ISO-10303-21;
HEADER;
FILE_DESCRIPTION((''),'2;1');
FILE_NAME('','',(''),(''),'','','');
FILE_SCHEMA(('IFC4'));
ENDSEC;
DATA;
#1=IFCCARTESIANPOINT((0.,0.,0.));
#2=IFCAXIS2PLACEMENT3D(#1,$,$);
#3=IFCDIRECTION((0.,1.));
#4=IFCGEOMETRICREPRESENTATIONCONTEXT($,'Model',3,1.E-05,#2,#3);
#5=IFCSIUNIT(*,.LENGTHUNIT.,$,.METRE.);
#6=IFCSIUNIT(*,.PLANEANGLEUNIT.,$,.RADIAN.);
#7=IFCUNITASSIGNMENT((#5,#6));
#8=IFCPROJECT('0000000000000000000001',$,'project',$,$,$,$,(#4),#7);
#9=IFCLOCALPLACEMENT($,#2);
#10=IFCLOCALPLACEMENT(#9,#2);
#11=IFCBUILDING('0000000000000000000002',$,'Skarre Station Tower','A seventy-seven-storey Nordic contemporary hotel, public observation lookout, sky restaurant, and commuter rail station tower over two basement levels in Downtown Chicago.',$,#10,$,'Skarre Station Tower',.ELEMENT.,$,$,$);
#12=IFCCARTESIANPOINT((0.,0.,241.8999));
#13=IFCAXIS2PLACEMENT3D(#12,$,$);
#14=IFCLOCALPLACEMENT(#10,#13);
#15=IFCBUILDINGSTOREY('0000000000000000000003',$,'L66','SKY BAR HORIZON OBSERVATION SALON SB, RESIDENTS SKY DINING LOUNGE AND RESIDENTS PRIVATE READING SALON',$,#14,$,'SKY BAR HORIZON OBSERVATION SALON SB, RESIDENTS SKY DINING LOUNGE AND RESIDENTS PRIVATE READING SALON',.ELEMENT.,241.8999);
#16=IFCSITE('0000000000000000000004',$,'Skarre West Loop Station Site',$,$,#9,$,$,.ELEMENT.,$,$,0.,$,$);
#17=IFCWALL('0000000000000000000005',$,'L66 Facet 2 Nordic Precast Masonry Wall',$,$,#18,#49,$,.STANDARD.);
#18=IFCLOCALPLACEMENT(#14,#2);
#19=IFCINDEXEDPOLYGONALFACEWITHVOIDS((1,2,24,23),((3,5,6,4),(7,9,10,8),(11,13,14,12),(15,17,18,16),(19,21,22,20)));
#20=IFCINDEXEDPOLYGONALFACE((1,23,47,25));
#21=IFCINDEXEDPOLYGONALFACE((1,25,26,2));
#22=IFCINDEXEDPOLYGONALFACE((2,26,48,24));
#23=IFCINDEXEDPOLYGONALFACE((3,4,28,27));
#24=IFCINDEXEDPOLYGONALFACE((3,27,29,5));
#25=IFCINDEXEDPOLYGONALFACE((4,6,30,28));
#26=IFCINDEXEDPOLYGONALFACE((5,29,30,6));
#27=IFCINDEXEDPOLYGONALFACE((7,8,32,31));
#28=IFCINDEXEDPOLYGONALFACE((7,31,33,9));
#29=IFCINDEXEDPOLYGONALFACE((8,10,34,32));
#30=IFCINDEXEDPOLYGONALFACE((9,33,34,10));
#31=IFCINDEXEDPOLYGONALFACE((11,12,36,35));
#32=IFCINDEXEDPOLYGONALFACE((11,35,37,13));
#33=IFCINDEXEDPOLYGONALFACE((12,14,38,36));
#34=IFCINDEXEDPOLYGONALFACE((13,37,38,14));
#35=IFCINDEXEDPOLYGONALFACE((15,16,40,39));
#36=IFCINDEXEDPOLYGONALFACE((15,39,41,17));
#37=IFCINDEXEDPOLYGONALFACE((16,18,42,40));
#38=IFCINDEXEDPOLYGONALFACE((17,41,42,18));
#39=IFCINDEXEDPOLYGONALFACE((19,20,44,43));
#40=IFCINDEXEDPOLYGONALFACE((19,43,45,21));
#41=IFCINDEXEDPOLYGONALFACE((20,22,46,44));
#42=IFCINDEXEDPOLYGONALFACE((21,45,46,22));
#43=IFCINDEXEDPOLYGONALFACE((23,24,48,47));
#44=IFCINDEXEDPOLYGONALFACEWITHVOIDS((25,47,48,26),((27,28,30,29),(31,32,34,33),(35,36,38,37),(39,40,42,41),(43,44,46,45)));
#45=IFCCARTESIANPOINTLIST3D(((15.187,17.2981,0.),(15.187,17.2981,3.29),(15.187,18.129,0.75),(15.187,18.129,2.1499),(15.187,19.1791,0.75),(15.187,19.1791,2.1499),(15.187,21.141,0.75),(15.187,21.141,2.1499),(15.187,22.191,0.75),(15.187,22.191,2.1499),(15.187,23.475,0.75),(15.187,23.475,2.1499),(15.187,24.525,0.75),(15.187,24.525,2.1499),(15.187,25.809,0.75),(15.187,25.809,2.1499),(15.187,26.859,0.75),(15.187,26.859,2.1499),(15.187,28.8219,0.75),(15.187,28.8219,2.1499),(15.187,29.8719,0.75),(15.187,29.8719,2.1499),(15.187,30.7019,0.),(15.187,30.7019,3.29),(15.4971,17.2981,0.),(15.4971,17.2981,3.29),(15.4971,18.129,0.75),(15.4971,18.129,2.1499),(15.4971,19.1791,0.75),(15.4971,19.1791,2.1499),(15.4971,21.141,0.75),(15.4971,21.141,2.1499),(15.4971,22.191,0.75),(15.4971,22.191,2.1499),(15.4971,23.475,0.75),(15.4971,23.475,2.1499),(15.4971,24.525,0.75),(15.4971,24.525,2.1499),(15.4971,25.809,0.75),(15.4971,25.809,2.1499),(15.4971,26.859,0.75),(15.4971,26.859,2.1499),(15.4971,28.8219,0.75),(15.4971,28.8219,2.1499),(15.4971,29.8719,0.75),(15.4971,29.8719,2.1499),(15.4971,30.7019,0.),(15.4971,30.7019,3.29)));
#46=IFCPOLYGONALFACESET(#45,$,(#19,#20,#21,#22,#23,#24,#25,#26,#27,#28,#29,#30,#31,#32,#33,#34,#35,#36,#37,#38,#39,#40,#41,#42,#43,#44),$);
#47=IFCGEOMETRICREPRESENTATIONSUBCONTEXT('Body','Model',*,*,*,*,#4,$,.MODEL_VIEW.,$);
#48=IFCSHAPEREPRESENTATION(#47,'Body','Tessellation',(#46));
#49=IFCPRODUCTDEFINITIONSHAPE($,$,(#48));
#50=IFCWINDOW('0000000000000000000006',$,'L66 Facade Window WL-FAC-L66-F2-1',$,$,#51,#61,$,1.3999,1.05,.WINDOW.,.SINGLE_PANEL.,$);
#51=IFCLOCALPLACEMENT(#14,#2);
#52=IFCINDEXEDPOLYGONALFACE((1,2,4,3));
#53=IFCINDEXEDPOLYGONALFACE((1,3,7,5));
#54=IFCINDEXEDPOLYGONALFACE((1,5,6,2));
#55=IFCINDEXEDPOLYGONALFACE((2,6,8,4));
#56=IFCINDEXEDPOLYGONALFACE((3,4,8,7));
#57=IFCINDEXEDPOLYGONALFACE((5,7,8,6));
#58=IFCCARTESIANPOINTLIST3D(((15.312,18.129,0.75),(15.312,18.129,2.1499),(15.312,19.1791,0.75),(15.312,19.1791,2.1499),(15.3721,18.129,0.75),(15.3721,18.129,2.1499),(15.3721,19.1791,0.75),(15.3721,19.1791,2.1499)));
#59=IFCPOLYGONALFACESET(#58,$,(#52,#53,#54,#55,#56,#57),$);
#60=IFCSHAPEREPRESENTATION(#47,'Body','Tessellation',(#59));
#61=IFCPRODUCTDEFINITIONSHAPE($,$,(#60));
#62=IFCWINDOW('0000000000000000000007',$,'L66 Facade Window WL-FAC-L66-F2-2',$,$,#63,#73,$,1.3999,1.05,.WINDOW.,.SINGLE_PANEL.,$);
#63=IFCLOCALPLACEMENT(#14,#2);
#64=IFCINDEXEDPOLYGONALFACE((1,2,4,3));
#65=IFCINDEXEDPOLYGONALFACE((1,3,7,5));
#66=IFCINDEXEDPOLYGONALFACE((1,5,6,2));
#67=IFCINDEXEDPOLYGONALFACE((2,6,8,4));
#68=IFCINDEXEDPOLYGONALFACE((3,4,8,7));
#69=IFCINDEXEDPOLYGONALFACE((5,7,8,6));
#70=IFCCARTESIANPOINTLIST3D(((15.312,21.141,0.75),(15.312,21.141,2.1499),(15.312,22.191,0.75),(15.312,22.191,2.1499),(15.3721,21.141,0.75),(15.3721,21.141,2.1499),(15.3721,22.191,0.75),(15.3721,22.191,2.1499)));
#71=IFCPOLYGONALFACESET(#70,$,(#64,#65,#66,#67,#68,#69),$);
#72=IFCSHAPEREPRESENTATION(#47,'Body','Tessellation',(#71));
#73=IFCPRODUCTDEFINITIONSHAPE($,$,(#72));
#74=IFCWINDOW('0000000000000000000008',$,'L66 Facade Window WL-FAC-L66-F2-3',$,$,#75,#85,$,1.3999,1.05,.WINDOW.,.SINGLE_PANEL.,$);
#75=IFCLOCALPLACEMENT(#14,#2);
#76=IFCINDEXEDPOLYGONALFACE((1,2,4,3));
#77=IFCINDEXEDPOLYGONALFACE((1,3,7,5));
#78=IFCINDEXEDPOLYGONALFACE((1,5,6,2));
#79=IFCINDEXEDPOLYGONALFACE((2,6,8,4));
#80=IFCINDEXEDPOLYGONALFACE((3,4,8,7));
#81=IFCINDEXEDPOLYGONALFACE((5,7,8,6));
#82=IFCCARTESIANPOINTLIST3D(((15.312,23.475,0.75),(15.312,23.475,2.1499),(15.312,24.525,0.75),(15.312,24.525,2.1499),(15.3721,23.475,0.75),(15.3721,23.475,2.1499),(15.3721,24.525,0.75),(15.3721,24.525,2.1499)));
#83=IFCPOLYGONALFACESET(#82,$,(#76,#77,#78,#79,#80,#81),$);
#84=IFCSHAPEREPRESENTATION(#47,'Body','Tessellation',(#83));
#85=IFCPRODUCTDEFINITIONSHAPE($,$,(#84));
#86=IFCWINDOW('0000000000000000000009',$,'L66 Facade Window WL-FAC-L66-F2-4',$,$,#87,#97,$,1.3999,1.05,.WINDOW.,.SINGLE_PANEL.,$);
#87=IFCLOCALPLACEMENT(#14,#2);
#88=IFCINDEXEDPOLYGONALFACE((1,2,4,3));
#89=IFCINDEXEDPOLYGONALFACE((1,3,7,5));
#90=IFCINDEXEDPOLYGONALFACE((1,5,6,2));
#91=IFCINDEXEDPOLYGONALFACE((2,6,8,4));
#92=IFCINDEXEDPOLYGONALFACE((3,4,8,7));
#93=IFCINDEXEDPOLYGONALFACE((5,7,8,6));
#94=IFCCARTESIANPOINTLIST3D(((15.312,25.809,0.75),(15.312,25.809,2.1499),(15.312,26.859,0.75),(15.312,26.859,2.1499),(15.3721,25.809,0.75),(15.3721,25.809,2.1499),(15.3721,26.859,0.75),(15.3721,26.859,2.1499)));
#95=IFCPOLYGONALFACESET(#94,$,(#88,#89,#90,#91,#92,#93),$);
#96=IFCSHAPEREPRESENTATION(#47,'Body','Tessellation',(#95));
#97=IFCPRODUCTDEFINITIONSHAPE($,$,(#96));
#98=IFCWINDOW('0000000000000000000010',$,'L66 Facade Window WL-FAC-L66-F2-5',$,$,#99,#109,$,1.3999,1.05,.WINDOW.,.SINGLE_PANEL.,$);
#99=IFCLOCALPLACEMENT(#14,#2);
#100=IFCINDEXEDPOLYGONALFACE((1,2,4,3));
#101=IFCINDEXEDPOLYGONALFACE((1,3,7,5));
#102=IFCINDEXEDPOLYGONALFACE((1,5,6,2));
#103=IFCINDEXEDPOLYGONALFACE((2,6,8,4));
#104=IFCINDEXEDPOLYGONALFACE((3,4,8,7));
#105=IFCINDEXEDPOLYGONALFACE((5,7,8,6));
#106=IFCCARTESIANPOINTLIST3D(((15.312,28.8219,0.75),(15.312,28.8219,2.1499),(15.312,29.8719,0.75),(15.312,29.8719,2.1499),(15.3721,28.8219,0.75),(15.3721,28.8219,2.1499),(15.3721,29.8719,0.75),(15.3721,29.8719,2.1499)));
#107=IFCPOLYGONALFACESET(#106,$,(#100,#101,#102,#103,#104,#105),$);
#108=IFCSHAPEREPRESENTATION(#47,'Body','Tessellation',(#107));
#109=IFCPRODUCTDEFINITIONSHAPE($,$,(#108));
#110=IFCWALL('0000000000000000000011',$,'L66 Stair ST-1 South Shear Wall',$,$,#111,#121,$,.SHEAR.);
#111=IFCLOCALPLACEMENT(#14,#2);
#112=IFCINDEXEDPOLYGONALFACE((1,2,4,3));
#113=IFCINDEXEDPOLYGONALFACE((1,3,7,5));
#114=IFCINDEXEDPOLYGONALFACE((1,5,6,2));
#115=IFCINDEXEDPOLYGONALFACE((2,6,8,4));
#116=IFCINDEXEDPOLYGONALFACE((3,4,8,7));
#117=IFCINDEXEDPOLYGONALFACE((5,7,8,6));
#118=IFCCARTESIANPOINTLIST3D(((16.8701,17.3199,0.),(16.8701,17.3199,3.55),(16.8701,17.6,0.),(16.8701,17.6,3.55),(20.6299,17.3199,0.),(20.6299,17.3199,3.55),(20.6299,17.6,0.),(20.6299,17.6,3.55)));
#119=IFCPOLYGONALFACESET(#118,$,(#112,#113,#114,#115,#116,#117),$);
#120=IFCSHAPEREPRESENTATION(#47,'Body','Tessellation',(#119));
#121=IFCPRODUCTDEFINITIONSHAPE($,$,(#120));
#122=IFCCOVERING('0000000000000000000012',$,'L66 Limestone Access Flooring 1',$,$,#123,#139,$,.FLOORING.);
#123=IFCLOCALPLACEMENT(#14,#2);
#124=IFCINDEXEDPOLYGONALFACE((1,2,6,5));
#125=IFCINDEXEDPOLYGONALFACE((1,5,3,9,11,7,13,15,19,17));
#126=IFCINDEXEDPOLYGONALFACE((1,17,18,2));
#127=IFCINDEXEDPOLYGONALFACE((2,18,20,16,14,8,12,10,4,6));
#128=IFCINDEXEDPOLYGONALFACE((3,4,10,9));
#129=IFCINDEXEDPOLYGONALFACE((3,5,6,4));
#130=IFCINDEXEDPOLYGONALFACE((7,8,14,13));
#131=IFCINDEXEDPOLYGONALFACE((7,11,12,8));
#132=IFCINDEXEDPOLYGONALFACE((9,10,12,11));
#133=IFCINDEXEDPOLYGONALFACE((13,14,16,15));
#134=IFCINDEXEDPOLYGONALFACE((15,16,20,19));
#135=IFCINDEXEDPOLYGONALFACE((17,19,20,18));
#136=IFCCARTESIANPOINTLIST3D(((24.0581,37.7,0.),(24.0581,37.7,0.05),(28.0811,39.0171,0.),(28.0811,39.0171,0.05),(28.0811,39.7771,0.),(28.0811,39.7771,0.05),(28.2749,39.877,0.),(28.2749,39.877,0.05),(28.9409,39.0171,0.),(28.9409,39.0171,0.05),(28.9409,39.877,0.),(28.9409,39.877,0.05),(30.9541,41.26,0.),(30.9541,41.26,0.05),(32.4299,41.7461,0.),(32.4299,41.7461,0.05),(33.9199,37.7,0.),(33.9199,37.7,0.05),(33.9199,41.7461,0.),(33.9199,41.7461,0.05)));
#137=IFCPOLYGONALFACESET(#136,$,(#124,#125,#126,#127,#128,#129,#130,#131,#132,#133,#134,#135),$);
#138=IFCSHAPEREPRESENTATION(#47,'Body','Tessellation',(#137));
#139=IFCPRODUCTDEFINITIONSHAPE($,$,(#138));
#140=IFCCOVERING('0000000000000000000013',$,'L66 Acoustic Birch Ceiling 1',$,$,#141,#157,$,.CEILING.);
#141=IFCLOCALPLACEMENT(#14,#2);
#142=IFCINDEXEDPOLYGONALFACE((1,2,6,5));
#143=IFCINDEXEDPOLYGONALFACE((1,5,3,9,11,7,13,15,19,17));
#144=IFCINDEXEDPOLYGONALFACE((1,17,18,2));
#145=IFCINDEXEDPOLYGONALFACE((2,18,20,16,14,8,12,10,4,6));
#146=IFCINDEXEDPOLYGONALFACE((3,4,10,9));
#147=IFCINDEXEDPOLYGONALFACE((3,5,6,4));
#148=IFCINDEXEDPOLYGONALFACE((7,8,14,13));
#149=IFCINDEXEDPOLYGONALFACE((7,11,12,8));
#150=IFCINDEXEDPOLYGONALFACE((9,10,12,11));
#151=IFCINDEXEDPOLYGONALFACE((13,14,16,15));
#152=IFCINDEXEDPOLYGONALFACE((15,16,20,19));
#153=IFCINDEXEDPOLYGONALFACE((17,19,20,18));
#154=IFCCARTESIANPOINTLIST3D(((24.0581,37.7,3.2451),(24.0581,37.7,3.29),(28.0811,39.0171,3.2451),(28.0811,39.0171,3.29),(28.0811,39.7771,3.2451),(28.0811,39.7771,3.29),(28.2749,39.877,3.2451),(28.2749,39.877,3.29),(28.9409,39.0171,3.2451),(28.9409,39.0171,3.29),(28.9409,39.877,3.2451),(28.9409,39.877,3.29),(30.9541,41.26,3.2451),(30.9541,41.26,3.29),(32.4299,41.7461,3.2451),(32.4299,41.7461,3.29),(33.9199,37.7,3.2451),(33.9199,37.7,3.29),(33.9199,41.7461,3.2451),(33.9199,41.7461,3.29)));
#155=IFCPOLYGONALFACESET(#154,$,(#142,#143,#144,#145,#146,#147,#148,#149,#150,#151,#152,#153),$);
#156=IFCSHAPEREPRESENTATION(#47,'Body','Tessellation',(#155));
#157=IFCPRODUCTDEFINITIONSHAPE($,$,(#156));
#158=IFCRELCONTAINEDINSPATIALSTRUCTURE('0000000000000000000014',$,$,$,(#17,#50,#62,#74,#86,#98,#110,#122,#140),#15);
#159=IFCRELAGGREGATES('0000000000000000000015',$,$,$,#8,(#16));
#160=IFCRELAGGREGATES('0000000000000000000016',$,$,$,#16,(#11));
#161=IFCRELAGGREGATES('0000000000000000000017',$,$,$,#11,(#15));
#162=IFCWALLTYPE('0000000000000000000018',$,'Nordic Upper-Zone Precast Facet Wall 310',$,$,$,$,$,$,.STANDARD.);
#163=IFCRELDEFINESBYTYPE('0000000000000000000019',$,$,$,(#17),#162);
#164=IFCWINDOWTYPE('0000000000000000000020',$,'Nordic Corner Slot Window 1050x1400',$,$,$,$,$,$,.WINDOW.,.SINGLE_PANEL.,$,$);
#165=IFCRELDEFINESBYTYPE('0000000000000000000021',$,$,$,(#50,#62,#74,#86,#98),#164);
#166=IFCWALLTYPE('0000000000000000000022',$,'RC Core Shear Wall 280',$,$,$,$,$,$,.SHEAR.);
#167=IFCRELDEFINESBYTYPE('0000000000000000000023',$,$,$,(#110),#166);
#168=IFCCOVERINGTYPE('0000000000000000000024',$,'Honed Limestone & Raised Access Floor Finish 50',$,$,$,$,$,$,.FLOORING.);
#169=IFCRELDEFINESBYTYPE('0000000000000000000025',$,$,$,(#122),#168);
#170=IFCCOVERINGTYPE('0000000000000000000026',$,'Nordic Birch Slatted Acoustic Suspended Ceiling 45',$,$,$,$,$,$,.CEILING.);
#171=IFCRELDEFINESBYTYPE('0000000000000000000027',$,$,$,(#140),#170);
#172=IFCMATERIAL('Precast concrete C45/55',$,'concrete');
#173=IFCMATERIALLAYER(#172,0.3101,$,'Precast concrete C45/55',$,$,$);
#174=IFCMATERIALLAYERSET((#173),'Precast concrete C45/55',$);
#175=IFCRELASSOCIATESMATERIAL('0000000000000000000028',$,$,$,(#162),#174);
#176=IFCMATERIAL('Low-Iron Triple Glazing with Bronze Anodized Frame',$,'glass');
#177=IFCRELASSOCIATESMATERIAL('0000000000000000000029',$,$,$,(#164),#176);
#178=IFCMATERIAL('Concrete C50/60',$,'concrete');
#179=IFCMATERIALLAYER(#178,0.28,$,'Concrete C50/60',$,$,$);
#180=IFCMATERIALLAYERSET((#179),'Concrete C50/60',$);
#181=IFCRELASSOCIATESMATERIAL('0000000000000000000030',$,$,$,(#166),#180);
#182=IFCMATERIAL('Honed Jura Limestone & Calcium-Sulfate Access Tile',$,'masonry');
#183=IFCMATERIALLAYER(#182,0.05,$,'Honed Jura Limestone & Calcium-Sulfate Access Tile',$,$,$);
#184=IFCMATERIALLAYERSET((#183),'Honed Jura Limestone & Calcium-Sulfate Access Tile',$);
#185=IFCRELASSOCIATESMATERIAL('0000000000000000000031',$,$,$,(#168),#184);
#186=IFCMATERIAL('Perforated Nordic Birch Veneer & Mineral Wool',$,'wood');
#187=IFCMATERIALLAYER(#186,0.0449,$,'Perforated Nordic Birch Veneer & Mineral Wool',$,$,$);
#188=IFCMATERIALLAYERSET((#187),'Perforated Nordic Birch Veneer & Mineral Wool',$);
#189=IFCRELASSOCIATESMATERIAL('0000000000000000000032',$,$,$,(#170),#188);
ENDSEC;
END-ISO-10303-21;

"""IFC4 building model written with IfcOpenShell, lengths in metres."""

from ifc_helpers import new_model, si_unit, direction, frame, frame_2d, origin, place, context, subcontext, project, spatial, polyline, rectangle, outline, extrude, material, layer, layer_set, type_object, element, fill, save


model = new_model("IFC4")

# Units and contexts
model_context = context("Model", 3, precision=1e-05, world=origin(), true_north=direction((0.0, 1.0)))
body_context = subcontext(model_context, "Body", "Model", "MODEL_VIEW")
ifc_project = project(units=[si_unit("LENGTHUNIT", "METRE"), si_unit("PLANEANGLEUNIT", "RADIAN")], contexts=[model_context])

# Site, building, storey
site_placement = place(None, origin())
site = spatial("IfcSite", under=ifc_project, at=site_placement, Name="Skarre West Loop Station Site", CompositionType="ELEMENT", RefElevation=0.0)
building_placement = place(site_placement, origin())
building = spatial("IfcBuilding", under=site, at=building_placement, Name="Skarre Station Tower", Description="A seventy-seven-storey Nordic contemporary hotel, public observation lookout, sky restaurant, and commuter rail station tower over two basement levels in Downtown Chicago.", LongName="Skarre Station Tower", CompositionType="ELEMENT")
storey_placement = place(building_placement, frame((0.0, 0.0, 241.8999)))
storey = spatial("IfcBuildingStorey", under=building, at=storey_placement, Name="L66", Description="SKY BAR HORIZON OBSERVATION SALON SB, RESIDENTS SKY DINING LOUNGE AND RESIDENTS PRIVATE READING SALON", LongName="SKY BAR HORIZON OBSERVATION SALON SB, RESIDENTS SKY DINING LOUNGE AND RESIDENTS PRIVATE READING SALON", CompositionType="ELEMENT", Elevation=241.8999)

# Shared definitions
ifc_material_1 = material(Name="Concrete C50/60", Category="concrete")

# Shared definitions
ifc_material_2 = material(Name="Precast concrete C45/55", Category="concrete")

# Wall, openings, windows
ifc_layer_1 = layer(ifc_material_2, 0.3101, Name="Precast concrete C45/55")
ifc_layer_set_1 = layer_set([ifc_layer_1], Name="Precast concrete C45/55")
wall_type_1 = type_object("IfcWallType", Name="Nordic Upper-Zone Precast Facet Wall 310", PredefinedType="STANDARD", material=ifc_layer_set_1)
wall_1_placement = place(storey_placement, frame((15.342, 17.2981, 0.0), z_axis=(0.0, 0.0, 1.0), x_axis=(0.0, 1.0, 0.0)))
wall_1 = element("IfcWall", 1, at=wall_1_placement, inside=storey, type_object=wall_type_1, Name="L66 Facet 2 Nordic Precast Masonry Wall", PredefinedType="STANDARD", context=body_context, shape_type="SweptSolid", body=[
    extrude(rectangle(XDim=13.4038, YDim=0.3101, at=frame_2d((6.7019, 0.0))), origin(), (0.0, 0.0, 1.0), 3.29),
])
opening_1_placement = place(wall_1_placement, frame((0.8311, 0.0, 0.75)))
opening_1 = element("IfcOpeningElement", 2, at=opening_1_placement, cuts=wall_1, PredefinedType="OPENING", context=body_context, shape_type="SweptSolid", body=[
    extrude(rectangle(XDim=1.05, YDim=1.3999, at=frame_2d((0.5249, 0.7))), frame((0.0, 0.165, 0.0), z_axis=(0.0, -1.0, 0.0), x_axis=(1.0, 0.0, 0.0)), (0.0, 0.0, 1.0), 0.3301),
])
opening_2_placement = place(wall_1_placement, frame((3.843, 0.0, 0.75)))
opening_2 = element("IfcOpeningElement", 3, at=opening_2_placement, cuts=wall_1, PredefinedType="OPENING", context=body_context, shape_type="SweptSolid", body=[
    extrude(rectangle(XDim=1.05, YDim=1.3999, at=frame_2d((0.5249, 0.7))), frame((0.0, 0.165, 0.0), z_axis=(0.0, -1.0, 0.0), x_axis=(1.0, 0.0, 0.0)), (0.0, 0.0, 1.0), 0.3301),
])
opening_3_placement = place(wall_1_placement, frame((6.177, 0.0, 0.75)))
opening_3 = element("IfcOpeningElement", 4, at=opening_3_placement, cuts=wall_1, PredefinedType="OPENING", context=body_context, shape_type="SweptSolid", body=[
    extrude(rectangle(XDim=1.05, YDim=1.3999, at=frame_2d((0.5249, 0.7))), frame((0.0, 0.165, 0.0), z_axis=(0.0, -1.0, 0.0), x_axis=(1.0, 0.0, 0.0)), (0.0, 0.0, 1.0), 0.3301),
])
opening_4_placement = place(wall_1_placement, frame((8.511, 0.0, 0.75)))
opening_4 = element("IfcOpeningElement", 5, at=opening_4_placement, cuts=wall_1, PredefinedType="OPENING", context=body_context, shape_type="SweptSolid", body=[
    extrude(rectangle(XDim=1.05, YDim=1.3999, at=frame_2d((0.5249, 0.7))), frame((0.0, 0.165, 0.0), z_axis=(0.0, -1.0, 0.0), x_axis=(1.0, 0.0, 0.0)), (0.0, 0.0, 1.0), 0.3301),
])
opening_5_placement = place(wall_1_placement, frame((11.5239, 0.0, 0.75)))
opening_5 = element("IfcOpeningElement", 6, at=opening_5_placement, cuts=wall_1, PredefinedType="OPENING", context=body_context, shape_type="SweptSolid", body=[
    extrude(rectangle(XDim=1.05, YDim=1.3999, at=frame_2d((0.5249, 0.7))), frame((0.0, 0.165, 0.0), z_axis=(0.0, -1.0, 0.0), x_axis=(1.0, 0.0, 0.0)), (0.0, 0.0, 1.0), 0.3301),
])
ifc_material_3 = material(Name="Low-Iron Triple Glazing with Bronze Anodized Frame", Category="glass")
window_type = type_object("IfcWindowType", Name="Nordic Corner Slot Window 1050x1400", PartitioningType="SINGLE_PANEL", PredefinedType="WINDOW", material=ifc_material_3)
window_1_placement = place(opening_1_placement, origin())
window_1 = element("IfcWindow", 7, at=window_1_placement, inside=storey, type_object=window_type, Name="L66 Facade Window WL-FAC-L66-F2-1", OverallHeight=1.3999, OverallWidth=1.05, PartitioningType="SINGLE_PANEL", PredefinedType="WINDOW", context=body_context, shape_type="SweptSolid", body=[
    extrude(rectangle(XDim=1.05, YDim=1.3999, at=frame_2d((0.5249, 0.7))), frame((0.0, 0.03, 0.0), z_axis=(0.0, -1.0, 0.0), x_axis=(1.0, 0.0, 0.0)), (0.0, 0.0, 1.0), 0.0601),
])
fill(opening_1, window_1)
window_2_placement = place(opening_2_placement, origin())
window_2 = element("IfcWindow", 8, at=window_2_placement, inside=storey, type_object=window_type, Name="L66 Facade Window WL-FAC-L66-F2-2", OverallHeight=1.3999, OverallWidth=1.05, PartitioningType="SINGLE_PANEL", PredefinedType="WINDOW", context=body_context, shape_type="SweptSolid", body=[
    extrude(rectangle(XDim=1.05, YDim=1.3999, at=frame_2d((0.5249, 0.7))), frame((0.0, 0.03, 0.0), z_axis=(0.0, -1.0, 0.0), x_axis=(1.0, 0.0, 0.0)), (0.0, 0.0, 1.0), 0.0601),
])
fill(opening_2, window_2)
window_3_placement = place(opening_3_placement, origin())
window_3 = element("IfcWindow", 9, at=window_3_placement, inside=storey, type_object=window_type, Name="L66 Facade Window WL-FAC-L66-F2-3", OverallHeight=1.3999, OverallWidth=1.05, PartitioningType="SINGLE_PANEL", PredefinedType="WINDOW", context=body_context, shape_type="SweptSolid", body=[
    extrude(rectangle(XDim=1.05, YDim=1.3999, at=frame_2d((0.5249, 0.7))), frame((0.0, 0.03, 0.0), z_axis=(0.0, -1.0, 0.0), x_axis=(1.0, 0.0, 0.0)), (0.0, 0.0, 1.0), 0.0601),
])
fill(opening_3, window_3)
window_4_placement = place(opening_4_placement, origin())
window_4 = element("IfcWindow", 10, at=window_4_placement, inside=storey, type_object=window_type, Name="L66 Facade Window WL-FAC-L66-F2-4", OverallHeight=1.3999, OverallWidth=1.05, PartitioningType="SINGLE_PANEL", PredefinedType="WINDOW", context=body_context, shape_type="SweptSolid", body=[
    extrude(rectangle(XDim=1.05, YDim=1.3999, at=frame_2d((0.5249, 0.7))), frame((0.0, 0.03, 0.0), z_axis=(0.0, -1.0, 0.0), x_axis=(1.0, 0.0, 0.0)), (0.0, 0.0, 1.0), 0.0601),
])
fill(opening_4, window_4)
window_5_placement = place(opening_5_placement, origin())
window_5 = element("IfcWindow", 11, at=window_5_placement, inside=storey, type_object=window_type, Name="L66 Facade Window WL-FAC-L66-F2-5", OverallHeight=1.3999, OverallWidth=1.05, PartitioningType="SINGLE_PANEL", PredefinedType="WINDOW", context=body_context, shape_type="SweptSolid", body=[
    extrude(rectangle(XDim=1.05, YDim=1.3999, at=frame_2d((0.5249, 0.7))), frame((0.0, 0.03, 0.0), z_axis=(0.0, -1.0, 0.0), x_axis=(1.0, 0.0, 0.0)), (0.0, 0.0, 1.0), 0.0601),
])
fill(opening_5, window_5)

# Wall
ifc_layer_2 = layer(ifc_material_1, 0.28, Name="Concrete C50/60")
ifc_layer_set_2 = layer_set([ifc_layer_2], Name="Concrete C50/60")
wall_type_2 = type_object("IfcWallType", Name="RC Core Shear Wall 280", PredefinedType="SHEAR", material=ifc_layer_set_2)
wall_2_placement = place(storey_placement, frame((16.8701, 17.46, 0.0), z_axis=(0.0, 0.0, 1.0), x_axis=(1.0, 0.0, 0.0)))
element("IfcWall", 12, at=wall_2_placement, inside=storey, type_object=wall_type_2, Name="L66 Stair ST-1 South Shear Wall", PredefinedType="SHEAR", context=body_context, shape_type="SweptSolid", body=[
    extrude(rectangle(XDim=3.7598, YDim=0.28, at=frame_2d((1.8799, 0.0))), origin(), (0.0, 0.0, 1.0), 3.55),
])

# Coverings
ifc_material_4 = material(Name="Honed Jura Limestone & Calcium-Sulfate Access Tile", Category="masonry")
ifc_layer_3 = layer(ifc_material_4, 0.05, Name="Honed Jura Limestone & Calcium-Sulfate Access Tile")
ifc_layer_set_3 = layer_set([ifc_layer_3], Name="Honed Jura Limestone & Calcium-Sulfate Access Tile")
covering_type_1 = type_object("IfcCoveringType", Name="Honed Limestone & Raised Access Floor Finish 50", PredefinedType="FLOORING", material=ifc_layer_set_3)
covering_1_placement = place(storey_placement, origin())
element("IfcCovering", 13, at=covering_1_placement, inside=storey, type_object=covering_type_1, Name="L66 Limestone Access Flooring 1", PredefinedType="FLOORING", context=body_context, shape_type="SweptSolid", body=[
    extrude(outline(polyline([(33.9199, 41.7461), (32.4299, 41.7461), (30.9541, 41.26), (28.2749, 39.877), (28.9409, 39.877), (28.9409, 39.0171), (28.0811, 39.0171), (28.0811, 39.7771), (24.0581, 37.7), (33.9199, 37.7), (33.9199, 41.7461)])), origin(), (0.0, 0.0, 1.0), 0.05),
])
ifc_material_5 = material(Name="Perforated Nordic Birch Veneer & Mineral Wool", Category="wood")
ifc_layer_4 = layer(ifc_material_5, 0.0449, Name="Perforated Nordic Birch Veneer & Mineral Wool")
ifc_layer_set_4 = layer_set([ifc_layer_4], Name="Perforated Nordic Birch Veneer & Mineral Wool")
covering_type_2 = type_object("IfcCoveringType", Name="Nordic Birch Slatted Acoustic Suspended Ceiling 45", PredefinedType="CEILING", material=ifc_layer_set_4)
covering_2_placement = place(storey_placement, frame((0.0, 0.0, 3.2451)))
element("IfcCovering", 14, at=covering_2_placement, inside=storey, type_object=covering_type_2, Name="L66 Acoustic Birch Ceiling 1", PredefinedType="CEILING", context=body_context, shape_type="SweptSolid", body=[
    extrude(outline(polyline([(33.9199, 41.7461), (32.4299, 41.7461), (30.9541, 41.26), (28.2749, 39.877), (28.9409, 39.877), (28.9409, 39.0171), (28.0811, 39.0171), (28.0811, 39.7771), (24.0581, 37.7), (33.9199, 37.7), (33.9199, 41.7461)])), origin(), (0.0, 0.0, 1.0), 0.0449),
])

save(model, "model.ifc")
